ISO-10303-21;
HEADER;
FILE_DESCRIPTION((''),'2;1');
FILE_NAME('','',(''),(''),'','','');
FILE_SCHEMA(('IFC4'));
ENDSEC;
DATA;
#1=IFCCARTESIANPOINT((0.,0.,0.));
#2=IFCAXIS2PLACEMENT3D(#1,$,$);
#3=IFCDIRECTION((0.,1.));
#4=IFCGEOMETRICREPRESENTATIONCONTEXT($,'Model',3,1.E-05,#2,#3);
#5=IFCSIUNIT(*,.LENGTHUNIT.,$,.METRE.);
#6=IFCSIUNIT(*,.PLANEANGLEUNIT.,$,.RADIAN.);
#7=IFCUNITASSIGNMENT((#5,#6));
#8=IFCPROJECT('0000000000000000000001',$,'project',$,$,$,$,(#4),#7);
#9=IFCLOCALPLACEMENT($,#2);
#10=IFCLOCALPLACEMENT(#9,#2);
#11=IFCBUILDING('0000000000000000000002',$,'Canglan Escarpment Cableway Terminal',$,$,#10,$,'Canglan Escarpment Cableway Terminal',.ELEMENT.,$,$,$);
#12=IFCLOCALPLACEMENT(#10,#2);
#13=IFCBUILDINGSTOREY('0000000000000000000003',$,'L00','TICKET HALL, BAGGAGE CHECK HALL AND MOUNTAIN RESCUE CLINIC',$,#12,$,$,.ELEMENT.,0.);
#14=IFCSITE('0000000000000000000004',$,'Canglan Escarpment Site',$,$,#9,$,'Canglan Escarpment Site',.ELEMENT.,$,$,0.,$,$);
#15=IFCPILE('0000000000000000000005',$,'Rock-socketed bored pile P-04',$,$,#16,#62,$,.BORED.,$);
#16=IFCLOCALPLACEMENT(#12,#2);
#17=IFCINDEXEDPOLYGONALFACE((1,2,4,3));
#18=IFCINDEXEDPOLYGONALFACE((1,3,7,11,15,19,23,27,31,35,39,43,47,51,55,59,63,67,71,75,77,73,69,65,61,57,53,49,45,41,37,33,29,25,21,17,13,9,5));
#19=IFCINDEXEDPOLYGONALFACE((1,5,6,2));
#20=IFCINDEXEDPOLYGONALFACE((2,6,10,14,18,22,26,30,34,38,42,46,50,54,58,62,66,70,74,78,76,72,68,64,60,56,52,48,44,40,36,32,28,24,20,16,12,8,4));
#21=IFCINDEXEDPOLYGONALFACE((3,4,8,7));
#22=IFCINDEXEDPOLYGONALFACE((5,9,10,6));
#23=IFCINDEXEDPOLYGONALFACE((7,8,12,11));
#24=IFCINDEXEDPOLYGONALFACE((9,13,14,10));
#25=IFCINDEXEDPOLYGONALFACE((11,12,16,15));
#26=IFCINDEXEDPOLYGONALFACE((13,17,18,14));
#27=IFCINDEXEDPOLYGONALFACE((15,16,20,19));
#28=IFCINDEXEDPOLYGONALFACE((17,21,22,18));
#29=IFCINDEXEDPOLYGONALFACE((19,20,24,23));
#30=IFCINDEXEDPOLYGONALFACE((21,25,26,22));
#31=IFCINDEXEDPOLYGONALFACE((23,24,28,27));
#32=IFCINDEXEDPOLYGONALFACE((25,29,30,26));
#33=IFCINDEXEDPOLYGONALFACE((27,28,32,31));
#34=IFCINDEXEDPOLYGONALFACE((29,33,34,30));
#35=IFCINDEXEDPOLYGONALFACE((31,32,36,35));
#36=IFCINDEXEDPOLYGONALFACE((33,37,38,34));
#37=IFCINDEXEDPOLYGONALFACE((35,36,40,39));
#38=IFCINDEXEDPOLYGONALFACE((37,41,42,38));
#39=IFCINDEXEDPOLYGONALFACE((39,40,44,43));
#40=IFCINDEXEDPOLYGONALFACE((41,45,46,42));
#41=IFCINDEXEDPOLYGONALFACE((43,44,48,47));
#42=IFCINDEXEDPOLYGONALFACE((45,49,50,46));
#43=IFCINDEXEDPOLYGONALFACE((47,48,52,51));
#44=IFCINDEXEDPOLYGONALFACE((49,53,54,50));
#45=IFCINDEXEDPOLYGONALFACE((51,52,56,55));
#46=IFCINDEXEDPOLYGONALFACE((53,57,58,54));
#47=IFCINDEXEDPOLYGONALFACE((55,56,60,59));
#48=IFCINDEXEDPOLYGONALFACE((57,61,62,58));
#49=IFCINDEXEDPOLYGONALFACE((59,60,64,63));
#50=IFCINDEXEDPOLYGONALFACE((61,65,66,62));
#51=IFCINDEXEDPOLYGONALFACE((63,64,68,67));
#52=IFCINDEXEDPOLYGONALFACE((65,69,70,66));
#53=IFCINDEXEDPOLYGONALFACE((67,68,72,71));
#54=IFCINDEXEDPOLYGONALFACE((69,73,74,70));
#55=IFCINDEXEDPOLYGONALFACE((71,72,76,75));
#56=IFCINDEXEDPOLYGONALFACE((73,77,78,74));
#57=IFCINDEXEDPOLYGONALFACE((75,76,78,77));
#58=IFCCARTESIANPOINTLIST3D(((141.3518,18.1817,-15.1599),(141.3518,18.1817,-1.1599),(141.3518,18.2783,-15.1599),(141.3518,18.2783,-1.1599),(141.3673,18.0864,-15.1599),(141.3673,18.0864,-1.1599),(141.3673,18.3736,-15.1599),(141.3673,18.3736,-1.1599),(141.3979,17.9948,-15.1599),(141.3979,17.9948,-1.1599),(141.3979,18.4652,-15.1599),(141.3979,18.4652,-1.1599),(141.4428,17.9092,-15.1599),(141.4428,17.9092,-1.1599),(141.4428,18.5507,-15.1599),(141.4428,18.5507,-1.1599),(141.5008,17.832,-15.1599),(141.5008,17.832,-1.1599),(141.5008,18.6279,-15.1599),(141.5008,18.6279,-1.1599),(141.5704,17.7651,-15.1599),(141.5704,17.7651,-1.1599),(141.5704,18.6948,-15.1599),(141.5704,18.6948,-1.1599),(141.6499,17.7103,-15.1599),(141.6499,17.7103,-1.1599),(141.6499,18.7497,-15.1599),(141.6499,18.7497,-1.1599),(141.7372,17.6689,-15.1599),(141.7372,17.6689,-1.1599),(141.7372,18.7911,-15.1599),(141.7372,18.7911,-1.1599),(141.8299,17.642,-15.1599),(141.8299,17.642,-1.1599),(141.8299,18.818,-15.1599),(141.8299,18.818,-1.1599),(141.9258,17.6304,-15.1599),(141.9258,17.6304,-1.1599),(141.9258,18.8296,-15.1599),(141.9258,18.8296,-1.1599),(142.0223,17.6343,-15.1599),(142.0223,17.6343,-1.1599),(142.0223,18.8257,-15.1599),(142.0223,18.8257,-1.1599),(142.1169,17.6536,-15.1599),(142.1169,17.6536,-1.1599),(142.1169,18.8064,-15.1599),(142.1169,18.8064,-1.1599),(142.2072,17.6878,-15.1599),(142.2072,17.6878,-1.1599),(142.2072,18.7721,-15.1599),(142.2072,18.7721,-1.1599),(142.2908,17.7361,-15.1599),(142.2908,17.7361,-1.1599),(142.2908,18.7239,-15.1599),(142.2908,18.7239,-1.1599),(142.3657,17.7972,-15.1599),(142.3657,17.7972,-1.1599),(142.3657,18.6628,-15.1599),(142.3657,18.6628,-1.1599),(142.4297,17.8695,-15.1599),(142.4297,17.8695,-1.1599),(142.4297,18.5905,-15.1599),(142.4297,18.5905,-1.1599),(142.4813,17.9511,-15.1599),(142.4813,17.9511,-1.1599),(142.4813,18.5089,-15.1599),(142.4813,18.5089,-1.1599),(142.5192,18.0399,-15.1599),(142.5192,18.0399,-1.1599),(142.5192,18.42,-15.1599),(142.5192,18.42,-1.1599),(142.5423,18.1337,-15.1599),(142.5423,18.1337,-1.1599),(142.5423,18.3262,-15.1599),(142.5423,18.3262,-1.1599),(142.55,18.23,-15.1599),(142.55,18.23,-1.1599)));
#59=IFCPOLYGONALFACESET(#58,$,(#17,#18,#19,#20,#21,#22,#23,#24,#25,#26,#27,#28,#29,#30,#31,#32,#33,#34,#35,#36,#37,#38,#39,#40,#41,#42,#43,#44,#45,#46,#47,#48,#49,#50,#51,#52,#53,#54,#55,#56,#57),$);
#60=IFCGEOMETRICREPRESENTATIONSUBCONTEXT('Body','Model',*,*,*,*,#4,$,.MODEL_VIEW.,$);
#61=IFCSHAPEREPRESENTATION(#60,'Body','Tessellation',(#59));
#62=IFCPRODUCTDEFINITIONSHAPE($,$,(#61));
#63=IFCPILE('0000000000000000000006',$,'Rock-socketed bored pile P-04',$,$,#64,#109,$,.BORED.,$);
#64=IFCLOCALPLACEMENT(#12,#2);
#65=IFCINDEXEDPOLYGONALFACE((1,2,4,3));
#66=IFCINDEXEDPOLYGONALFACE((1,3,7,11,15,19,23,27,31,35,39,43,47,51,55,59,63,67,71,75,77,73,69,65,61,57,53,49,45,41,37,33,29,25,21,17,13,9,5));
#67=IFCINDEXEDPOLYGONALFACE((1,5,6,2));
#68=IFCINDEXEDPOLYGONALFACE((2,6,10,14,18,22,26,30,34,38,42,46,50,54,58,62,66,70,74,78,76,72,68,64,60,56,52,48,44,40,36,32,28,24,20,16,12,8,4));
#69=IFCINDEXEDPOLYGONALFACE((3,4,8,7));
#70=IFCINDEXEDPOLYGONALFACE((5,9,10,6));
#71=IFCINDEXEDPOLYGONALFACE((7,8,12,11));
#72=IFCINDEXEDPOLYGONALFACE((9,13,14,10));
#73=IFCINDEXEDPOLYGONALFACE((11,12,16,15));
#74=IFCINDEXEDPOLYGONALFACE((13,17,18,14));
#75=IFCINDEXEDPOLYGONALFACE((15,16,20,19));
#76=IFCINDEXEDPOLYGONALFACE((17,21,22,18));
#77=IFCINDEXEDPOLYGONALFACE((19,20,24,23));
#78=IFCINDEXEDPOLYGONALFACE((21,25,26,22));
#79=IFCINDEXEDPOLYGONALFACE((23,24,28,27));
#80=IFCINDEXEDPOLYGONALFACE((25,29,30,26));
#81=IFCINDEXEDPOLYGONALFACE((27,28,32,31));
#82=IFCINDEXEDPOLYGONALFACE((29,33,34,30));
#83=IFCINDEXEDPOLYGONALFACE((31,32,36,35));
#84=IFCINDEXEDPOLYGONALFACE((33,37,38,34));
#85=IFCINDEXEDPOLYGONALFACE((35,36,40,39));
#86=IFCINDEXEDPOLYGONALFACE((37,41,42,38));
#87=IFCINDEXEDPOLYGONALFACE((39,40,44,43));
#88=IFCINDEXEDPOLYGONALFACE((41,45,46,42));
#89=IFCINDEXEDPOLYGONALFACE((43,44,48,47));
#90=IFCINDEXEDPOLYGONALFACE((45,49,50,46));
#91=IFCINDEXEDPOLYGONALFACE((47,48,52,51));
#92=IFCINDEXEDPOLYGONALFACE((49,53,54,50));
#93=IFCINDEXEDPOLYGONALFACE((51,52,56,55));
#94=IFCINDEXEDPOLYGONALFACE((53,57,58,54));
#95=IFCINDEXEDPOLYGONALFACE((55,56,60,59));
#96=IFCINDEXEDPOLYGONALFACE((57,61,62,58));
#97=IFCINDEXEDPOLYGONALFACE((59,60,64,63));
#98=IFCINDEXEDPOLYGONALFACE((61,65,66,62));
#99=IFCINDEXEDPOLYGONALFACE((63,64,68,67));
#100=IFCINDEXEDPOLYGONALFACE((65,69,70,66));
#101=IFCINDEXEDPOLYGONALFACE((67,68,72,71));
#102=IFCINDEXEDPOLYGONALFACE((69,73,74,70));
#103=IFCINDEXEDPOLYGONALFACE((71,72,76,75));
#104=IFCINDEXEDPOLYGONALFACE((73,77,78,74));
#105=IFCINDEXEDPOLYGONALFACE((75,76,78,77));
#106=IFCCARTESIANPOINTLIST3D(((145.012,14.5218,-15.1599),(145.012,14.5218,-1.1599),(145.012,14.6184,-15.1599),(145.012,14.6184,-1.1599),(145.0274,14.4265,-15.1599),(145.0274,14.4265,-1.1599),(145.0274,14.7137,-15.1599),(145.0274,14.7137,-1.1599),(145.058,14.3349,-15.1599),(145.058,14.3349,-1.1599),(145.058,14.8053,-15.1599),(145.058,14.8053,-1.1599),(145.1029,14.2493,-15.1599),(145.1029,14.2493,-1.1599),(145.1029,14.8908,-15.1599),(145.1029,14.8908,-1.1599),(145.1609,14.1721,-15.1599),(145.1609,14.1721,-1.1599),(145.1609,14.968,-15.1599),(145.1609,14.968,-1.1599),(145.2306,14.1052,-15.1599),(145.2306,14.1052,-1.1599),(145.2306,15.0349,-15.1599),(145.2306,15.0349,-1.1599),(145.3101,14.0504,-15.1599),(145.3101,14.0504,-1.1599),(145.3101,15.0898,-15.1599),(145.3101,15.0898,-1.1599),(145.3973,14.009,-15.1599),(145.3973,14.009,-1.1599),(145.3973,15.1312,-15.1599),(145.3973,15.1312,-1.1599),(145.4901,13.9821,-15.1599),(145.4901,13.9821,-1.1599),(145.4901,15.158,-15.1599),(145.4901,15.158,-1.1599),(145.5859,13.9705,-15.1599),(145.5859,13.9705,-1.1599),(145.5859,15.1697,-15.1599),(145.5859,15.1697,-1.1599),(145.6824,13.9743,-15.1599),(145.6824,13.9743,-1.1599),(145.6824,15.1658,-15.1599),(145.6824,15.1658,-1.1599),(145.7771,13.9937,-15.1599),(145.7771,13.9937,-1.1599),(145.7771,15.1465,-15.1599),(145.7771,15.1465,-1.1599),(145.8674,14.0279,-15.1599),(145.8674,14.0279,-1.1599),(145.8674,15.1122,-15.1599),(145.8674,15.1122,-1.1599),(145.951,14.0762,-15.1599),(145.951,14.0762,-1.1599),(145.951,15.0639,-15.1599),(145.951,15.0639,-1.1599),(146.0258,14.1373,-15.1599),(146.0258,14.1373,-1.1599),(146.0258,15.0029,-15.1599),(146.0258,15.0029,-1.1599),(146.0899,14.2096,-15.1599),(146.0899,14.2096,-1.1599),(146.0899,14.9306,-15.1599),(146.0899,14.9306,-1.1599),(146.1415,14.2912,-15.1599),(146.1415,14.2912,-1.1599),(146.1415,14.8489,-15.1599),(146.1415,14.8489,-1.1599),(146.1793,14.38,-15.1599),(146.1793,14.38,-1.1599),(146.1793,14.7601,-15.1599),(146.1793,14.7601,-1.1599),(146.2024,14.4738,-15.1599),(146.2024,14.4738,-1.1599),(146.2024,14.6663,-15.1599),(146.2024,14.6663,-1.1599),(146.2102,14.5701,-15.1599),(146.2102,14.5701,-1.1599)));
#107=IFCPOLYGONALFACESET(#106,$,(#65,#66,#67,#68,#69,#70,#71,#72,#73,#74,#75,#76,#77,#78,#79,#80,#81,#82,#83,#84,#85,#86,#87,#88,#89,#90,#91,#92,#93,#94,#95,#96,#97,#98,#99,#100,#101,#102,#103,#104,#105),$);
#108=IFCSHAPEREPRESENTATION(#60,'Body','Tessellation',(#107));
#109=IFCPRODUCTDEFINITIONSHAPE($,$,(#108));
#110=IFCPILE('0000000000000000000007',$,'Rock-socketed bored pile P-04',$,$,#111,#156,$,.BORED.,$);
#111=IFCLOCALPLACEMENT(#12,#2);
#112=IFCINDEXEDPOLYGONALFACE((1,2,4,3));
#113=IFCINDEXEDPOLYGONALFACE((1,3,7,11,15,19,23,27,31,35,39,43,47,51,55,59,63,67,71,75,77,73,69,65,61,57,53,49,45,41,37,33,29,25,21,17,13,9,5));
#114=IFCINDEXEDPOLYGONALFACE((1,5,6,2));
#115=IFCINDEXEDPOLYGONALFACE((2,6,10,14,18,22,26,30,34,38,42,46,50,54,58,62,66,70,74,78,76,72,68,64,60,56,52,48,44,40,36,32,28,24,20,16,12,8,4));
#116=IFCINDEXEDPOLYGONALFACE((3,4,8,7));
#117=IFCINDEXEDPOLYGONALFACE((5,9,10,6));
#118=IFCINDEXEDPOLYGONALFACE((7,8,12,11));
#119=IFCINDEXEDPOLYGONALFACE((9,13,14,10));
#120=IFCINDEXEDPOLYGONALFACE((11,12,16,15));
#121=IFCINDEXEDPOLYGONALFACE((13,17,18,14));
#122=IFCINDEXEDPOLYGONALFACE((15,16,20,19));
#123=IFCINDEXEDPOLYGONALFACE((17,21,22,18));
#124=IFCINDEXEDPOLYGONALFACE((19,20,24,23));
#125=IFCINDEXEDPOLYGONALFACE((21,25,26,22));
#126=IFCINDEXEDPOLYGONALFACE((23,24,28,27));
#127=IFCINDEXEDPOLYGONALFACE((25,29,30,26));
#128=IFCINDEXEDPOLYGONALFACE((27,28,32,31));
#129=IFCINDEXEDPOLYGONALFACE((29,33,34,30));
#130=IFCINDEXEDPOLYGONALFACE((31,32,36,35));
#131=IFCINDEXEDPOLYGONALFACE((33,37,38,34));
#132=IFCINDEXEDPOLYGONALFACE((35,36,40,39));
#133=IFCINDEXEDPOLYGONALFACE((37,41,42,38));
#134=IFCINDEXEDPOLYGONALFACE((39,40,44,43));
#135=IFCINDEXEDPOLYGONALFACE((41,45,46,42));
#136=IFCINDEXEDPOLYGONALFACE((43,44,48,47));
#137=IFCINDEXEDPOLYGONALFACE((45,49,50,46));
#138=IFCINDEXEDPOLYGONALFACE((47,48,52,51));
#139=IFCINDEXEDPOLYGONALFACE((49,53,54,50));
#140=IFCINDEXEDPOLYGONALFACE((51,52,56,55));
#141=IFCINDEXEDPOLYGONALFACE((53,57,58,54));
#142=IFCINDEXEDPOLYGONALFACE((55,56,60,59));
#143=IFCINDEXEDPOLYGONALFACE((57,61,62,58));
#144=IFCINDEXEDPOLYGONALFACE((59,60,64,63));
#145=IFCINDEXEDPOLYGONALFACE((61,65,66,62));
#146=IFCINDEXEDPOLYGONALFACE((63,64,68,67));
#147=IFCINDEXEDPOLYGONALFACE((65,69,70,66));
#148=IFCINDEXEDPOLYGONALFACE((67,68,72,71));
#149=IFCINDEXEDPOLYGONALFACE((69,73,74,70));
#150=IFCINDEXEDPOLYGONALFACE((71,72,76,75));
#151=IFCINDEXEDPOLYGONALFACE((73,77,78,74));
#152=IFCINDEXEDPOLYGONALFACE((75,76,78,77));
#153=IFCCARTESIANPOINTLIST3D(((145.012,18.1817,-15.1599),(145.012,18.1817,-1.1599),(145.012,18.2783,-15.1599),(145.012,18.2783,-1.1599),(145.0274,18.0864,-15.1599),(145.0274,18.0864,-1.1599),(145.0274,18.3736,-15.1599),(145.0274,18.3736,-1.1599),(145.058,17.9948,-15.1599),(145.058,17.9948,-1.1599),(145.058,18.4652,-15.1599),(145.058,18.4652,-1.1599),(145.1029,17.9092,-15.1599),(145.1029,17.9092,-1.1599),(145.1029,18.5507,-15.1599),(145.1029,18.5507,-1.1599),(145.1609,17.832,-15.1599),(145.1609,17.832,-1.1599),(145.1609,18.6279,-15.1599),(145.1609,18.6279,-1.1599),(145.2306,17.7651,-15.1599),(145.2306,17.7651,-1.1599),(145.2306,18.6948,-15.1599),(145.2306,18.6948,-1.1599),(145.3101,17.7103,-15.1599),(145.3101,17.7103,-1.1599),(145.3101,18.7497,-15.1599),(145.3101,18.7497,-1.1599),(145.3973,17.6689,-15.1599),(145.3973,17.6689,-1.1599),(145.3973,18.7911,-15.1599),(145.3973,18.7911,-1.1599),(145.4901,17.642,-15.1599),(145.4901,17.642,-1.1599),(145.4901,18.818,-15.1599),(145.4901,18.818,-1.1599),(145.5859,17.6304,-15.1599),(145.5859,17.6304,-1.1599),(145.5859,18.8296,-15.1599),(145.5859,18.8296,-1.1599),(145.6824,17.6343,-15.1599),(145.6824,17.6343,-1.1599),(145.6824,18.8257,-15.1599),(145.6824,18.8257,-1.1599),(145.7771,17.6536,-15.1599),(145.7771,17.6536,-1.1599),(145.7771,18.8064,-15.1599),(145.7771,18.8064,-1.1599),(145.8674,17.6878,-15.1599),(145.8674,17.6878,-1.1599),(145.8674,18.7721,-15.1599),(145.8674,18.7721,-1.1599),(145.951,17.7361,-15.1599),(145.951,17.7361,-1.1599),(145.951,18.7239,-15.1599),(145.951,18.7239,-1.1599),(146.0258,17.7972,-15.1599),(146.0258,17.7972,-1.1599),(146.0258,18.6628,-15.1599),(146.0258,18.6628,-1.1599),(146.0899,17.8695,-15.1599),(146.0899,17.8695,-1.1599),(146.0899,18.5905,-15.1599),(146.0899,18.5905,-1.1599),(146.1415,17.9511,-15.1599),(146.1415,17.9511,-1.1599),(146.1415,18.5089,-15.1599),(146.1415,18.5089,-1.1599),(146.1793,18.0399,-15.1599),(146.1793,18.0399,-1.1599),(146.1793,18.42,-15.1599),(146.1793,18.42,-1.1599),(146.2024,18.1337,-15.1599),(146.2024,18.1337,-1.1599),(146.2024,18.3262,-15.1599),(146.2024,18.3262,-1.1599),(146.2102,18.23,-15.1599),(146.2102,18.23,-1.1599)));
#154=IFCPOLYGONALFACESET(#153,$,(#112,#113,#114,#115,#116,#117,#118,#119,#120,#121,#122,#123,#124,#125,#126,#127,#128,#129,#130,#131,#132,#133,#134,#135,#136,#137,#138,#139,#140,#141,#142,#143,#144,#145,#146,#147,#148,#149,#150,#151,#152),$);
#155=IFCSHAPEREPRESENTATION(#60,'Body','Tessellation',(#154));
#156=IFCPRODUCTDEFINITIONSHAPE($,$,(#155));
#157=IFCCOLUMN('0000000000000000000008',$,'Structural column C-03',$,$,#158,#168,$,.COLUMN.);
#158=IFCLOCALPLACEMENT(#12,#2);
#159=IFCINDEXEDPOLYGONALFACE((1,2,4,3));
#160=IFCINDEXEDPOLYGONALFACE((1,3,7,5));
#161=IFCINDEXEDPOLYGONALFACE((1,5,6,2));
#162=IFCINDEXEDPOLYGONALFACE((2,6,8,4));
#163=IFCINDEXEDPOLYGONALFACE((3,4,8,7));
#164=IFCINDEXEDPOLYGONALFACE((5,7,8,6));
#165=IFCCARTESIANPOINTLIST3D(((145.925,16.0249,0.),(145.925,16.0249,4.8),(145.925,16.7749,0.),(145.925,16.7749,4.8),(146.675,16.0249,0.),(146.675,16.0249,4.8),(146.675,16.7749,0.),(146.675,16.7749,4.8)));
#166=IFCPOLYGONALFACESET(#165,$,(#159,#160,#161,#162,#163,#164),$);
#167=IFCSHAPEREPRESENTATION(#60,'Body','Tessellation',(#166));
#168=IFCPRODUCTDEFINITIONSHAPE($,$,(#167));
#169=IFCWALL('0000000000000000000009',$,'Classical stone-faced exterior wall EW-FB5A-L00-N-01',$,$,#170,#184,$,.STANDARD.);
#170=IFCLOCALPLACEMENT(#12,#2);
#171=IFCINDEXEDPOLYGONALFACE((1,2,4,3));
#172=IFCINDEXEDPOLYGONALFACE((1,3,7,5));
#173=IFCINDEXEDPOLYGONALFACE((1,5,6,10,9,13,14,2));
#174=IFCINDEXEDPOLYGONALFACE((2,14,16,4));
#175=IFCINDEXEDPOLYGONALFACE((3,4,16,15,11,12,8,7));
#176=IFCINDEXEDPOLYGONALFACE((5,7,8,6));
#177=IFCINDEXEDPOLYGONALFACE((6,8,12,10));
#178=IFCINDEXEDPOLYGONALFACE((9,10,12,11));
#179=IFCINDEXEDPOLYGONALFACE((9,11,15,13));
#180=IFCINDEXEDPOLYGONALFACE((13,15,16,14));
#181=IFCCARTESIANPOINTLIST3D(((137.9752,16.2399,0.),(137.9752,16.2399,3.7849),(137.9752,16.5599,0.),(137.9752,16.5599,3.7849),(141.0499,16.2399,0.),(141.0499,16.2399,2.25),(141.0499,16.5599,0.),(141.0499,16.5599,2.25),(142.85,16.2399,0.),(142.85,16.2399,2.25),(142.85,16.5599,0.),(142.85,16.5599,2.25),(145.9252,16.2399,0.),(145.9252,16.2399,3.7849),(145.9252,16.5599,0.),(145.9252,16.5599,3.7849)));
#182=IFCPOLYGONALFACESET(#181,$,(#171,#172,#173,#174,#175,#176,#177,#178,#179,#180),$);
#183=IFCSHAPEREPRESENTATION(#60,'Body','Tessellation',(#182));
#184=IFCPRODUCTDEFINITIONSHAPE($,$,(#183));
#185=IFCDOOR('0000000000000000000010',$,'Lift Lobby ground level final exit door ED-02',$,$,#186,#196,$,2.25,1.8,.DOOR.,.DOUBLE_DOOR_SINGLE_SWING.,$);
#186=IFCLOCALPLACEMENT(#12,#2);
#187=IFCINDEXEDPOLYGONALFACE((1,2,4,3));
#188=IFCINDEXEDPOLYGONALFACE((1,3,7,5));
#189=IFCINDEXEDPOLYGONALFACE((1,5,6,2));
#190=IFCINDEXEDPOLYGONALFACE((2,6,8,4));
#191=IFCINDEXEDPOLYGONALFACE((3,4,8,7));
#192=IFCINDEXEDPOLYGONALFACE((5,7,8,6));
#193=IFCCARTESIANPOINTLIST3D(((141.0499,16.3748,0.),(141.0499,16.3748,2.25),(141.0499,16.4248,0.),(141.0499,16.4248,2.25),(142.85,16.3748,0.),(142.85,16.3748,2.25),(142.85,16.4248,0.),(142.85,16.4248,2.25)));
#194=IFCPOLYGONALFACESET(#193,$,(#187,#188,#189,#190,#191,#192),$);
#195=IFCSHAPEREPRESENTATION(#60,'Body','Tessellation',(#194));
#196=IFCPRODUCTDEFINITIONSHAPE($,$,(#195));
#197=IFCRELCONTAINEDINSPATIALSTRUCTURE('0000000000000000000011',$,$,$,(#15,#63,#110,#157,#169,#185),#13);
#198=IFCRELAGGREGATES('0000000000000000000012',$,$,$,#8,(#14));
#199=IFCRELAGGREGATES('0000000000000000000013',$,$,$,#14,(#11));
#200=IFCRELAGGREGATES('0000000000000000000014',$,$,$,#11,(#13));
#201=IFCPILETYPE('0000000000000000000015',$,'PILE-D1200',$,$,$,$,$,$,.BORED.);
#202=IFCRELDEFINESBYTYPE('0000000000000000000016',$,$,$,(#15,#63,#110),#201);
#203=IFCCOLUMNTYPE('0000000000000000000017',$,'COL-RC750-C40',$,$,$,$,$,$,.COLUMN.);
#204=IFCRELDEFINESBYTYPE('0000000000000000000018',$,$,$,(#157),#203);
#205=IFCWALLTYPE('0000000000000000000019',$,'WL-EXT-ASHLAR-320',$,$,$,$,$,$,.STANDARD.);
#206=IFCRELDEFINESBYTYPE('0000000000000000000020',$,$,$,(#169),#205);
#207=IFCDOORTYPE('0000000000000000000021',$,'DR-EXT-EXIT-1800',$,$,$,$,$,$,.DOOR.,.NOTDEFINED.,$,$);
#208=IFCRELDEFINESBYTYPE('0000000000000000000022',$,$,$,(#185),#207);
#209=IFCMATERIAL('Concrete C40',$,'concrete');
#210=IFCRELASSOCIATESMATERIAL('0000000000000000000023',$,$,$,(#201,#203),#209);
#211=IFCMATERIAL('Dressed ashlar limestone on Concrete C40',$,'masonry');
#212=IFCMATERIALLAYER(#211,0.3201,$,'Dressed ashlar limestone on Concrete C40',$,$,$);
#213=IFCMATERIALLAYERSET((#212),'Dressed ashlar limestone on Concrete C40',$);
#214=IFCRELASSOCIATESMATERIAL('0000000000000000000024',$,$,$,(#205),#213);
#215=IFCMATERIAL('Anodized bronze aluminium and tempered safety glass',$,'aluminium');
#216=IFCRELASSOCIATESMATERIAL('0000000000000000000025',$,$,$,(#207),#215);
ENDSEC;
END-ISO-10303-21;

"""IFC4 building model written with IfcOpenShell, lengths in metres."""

from ifc_helpers import new_model, si_unit, direction, frame, frame_2d, origin, origin_2d, place, context, subcontext, project, spatial, rectangle, circle, extrude, material, layer, layer_set, material_profile, profile_set, type_object, element, fill, save


model = new_model("IFC4")

# Units and contexts
model_context = context("Model", 3, precision=1e-05, world=origin(), true_north=direction((0.0, 1.0)))
body_context = subcontext(model_context, "Body", "Model", "MODEL_VIEW")
ifc_project = project(units=[si_unit("LENGTHUNIT", "METRE"), si_unit("PLANEANGLEUNIT", "RADIAN")], contexts=[model_context])

# Site, building, storey
site_placement = place(None, origin())
site = spatial("IfcSite", under=ifc_project, at=site_placement, Name="Canglan Escarpment Site", LongName="Canglan Escarpment Site", CompositionType="ELEMENT", RefElevation=0.0)
building_placement = place(site_placement, origin())
building = spatial("IfcBuilding", under=site, at=building_placement, Name="Canglan Escarpment Cableway Terminal", LongName="Canglan Escarpment Cableway Terminal", CompositionType="ELEMENT")
storey_placement = place(building_placement, origin())
storey = spatial("IfcBuildingStorey", under=building, at=storey_placement, Name="L00", Description="TICKET HALL, BAGGAGE CHECK HALL AND MOUNTAIN RESCUE CLINIC", CompositionType="ELEMENT", Elevation=0.0)

# Shared definitions
ifc_material_1 = material(Name="Concrete C40", Category="concrete")

# Piles
ifc_material_profile_1 = material_profile(ifc_material_1, circle(Radius=0.6001, at=origin_2d()), Name="BORED PILE D1200")
ifc_profile_set_1 = profile_set([ifc_material_profile_1], Name="Concrete C40")
pile_type = type_object("IfcPileType", Name="PILE-D1200", PredefinedType="BORED", material=ifc_profile_set_1)
for number, where, z_axis, x_axis, name in (
    (1, (141.95, 18.23, -1.1599), (0.0, 0.0, -1.0), (1.0, 0.0, 0.0), "Rock-socketed bored pile P-04"),
    (2, (145.6101, 14.5701, -1.1599), (0.0, 0.0, -1.0), (1.0, 0.0, 0.0), "Rock-socketed bored pile P-04"),
    (3, (145.6101, 18.23, -1.1599), (0.0, 0.0, -1.0), (1.0, 0.0, 0.0), "Rock-socketed bored pile P-04"),
):
    element("IfcPile", number, at=place(storey_placement, frame(where, z_axis=z_axis, x_axis=x_axis)), inside=storey, type_object=pile_type, Name=name, PredefinedType="BORED", context=body_context, shape_type="SweptSolid", body=[
        extrude(circle(Radius=0.6001, at=origin_2d()), origin(), (0.0, 0.0, 1.0), 14.0),
    ])

# Column
ifc_material_profile_2 = material_profile(ifc_material_1, rectangle(XDim=0.75, YDim=0.75, at=origin_2d()), Name="RC 750x750")
ifc_profile_set_2 = profile_set([ifc_material_profile_2], Name="Concrete C40")
column_type = type_object("IfcColumnType", Name="COL-RC750-C40", PredefinedType="COLUMN", material=ifc_profile_set_2)
column_placement = place(storey_placement, frame((146.3, 16.3999, 0.0), z_axis=(0.0, 0.0, 1.0), x_axis=(1.0, 0.0, 0.0)))
element("IfcColumn", 4, at=column_placement, inside=storey, type_object=column_type, Name="Structural column C-03", PredefinedType="COLUMN", context=body_context, shape_type="SweptSolid", body=[
    extrude(rectangle(XDim=0.75, YDim=0.75, at=origin_2d()), origin(), (0.0, 0.0, 1.0), 4.8),
])

# Wall, opening, door
ifc_material_2 = material(Name="Dressed ashlar limestone on Concrete C40", Category="masonry")
ifc_layer_1 = layer(ifc_material_2, 0.3201, Name="Dressed ashlar limestone on Concrete C40")
ifc_layer_set_1 = layer_set([ifc_layer_1], Name="Dressed ashlar limestone on Concrete C40")
wall_type_1 = type_object("IfcWallType", Name="WL-EXT-ASHLAR-320", PredefinedType="STANDARD", material=ifc_layer_set_1)
wall_1_placement = place(storey_placement, frame((137.9751, 16.3999, 0.0), z_axis=(0.0, 0.0, 1.0), x_axis=(1.0, 0.0, 0.0)))
wall_1 = element("IfcWall", 5, at=wall_1_placement, inside=storey, type_object=wall_type_1, Name="Classical stone-faced exterior wall EW-FB5A-L00-N-01", PredefinedType="STANDARD", context=body_context, shape_type="SweptSolid", body=[
    extrude(rectangle(XDim=7.95, YDim=0.3201, at=frame_2d((3.9751, 0.0))), origin(), (0.0, 0.0, 1.0), 3.7849),
])
opening_1_placement = place(wall_1_placement, frame((3.075, 0.0, 0.0)))
opening_1 = element("IfcOpeningElement", 6, at=opening_1_placement, cuts=wall_1, PredefinedType="OPENING", context=body_context, shape_type="SweptSolid", body=[
    extrude(rectangle(XDim=1.8, YDim=2.25, at=frame_2d((0.8999, 1.125))), frame((0.0, 0.1699, 0.0), z_axis=(0.0, -1.0, 0.0), x_axis=(1.0, 0.0, 0.0)), (0.0, 0.0, 1.0), 0.3401),
])
ifc_material_3 = material(Name="Anodized bronze aluminium and tempered safety glass", Category="aluminium")
door_type_1 = type_object("IfcDoorType", Name="DR-EXT-EXIT-1800", OperationType="NOTDEFINED", PredefinedType="DOOR", material=ifc_material_3)
door_1_placement = place(opening_1_placement, origin())
door_1 = element("IfcDoor", 7, at=door_1_placement, inside=storey, type_object=door_type_1, Name="Lift Lobby ground level final exit door ED-02", OperationType="DOUBLE_DOOR_SINGLE_SWING", OverallHeight=2.25, OverallWidth=1.8, PredefinedType="DOOR", context=body_context, shape_type="SweptSolid", body=[
    extrude(rectangle(XDim=1.8, YDim=2.25, at=frame_2d((0.8999, 1.125))), frame((0.0, 0.0249, 0.0), z_axis=(0.0, -1.0, 0.0), x_axis=(1.0, 0.0, 0.0)), (0.0, 0.0, 1.0), 0.05),
])
fill(opening_1, door_1)

save(model, "model.ifc")
